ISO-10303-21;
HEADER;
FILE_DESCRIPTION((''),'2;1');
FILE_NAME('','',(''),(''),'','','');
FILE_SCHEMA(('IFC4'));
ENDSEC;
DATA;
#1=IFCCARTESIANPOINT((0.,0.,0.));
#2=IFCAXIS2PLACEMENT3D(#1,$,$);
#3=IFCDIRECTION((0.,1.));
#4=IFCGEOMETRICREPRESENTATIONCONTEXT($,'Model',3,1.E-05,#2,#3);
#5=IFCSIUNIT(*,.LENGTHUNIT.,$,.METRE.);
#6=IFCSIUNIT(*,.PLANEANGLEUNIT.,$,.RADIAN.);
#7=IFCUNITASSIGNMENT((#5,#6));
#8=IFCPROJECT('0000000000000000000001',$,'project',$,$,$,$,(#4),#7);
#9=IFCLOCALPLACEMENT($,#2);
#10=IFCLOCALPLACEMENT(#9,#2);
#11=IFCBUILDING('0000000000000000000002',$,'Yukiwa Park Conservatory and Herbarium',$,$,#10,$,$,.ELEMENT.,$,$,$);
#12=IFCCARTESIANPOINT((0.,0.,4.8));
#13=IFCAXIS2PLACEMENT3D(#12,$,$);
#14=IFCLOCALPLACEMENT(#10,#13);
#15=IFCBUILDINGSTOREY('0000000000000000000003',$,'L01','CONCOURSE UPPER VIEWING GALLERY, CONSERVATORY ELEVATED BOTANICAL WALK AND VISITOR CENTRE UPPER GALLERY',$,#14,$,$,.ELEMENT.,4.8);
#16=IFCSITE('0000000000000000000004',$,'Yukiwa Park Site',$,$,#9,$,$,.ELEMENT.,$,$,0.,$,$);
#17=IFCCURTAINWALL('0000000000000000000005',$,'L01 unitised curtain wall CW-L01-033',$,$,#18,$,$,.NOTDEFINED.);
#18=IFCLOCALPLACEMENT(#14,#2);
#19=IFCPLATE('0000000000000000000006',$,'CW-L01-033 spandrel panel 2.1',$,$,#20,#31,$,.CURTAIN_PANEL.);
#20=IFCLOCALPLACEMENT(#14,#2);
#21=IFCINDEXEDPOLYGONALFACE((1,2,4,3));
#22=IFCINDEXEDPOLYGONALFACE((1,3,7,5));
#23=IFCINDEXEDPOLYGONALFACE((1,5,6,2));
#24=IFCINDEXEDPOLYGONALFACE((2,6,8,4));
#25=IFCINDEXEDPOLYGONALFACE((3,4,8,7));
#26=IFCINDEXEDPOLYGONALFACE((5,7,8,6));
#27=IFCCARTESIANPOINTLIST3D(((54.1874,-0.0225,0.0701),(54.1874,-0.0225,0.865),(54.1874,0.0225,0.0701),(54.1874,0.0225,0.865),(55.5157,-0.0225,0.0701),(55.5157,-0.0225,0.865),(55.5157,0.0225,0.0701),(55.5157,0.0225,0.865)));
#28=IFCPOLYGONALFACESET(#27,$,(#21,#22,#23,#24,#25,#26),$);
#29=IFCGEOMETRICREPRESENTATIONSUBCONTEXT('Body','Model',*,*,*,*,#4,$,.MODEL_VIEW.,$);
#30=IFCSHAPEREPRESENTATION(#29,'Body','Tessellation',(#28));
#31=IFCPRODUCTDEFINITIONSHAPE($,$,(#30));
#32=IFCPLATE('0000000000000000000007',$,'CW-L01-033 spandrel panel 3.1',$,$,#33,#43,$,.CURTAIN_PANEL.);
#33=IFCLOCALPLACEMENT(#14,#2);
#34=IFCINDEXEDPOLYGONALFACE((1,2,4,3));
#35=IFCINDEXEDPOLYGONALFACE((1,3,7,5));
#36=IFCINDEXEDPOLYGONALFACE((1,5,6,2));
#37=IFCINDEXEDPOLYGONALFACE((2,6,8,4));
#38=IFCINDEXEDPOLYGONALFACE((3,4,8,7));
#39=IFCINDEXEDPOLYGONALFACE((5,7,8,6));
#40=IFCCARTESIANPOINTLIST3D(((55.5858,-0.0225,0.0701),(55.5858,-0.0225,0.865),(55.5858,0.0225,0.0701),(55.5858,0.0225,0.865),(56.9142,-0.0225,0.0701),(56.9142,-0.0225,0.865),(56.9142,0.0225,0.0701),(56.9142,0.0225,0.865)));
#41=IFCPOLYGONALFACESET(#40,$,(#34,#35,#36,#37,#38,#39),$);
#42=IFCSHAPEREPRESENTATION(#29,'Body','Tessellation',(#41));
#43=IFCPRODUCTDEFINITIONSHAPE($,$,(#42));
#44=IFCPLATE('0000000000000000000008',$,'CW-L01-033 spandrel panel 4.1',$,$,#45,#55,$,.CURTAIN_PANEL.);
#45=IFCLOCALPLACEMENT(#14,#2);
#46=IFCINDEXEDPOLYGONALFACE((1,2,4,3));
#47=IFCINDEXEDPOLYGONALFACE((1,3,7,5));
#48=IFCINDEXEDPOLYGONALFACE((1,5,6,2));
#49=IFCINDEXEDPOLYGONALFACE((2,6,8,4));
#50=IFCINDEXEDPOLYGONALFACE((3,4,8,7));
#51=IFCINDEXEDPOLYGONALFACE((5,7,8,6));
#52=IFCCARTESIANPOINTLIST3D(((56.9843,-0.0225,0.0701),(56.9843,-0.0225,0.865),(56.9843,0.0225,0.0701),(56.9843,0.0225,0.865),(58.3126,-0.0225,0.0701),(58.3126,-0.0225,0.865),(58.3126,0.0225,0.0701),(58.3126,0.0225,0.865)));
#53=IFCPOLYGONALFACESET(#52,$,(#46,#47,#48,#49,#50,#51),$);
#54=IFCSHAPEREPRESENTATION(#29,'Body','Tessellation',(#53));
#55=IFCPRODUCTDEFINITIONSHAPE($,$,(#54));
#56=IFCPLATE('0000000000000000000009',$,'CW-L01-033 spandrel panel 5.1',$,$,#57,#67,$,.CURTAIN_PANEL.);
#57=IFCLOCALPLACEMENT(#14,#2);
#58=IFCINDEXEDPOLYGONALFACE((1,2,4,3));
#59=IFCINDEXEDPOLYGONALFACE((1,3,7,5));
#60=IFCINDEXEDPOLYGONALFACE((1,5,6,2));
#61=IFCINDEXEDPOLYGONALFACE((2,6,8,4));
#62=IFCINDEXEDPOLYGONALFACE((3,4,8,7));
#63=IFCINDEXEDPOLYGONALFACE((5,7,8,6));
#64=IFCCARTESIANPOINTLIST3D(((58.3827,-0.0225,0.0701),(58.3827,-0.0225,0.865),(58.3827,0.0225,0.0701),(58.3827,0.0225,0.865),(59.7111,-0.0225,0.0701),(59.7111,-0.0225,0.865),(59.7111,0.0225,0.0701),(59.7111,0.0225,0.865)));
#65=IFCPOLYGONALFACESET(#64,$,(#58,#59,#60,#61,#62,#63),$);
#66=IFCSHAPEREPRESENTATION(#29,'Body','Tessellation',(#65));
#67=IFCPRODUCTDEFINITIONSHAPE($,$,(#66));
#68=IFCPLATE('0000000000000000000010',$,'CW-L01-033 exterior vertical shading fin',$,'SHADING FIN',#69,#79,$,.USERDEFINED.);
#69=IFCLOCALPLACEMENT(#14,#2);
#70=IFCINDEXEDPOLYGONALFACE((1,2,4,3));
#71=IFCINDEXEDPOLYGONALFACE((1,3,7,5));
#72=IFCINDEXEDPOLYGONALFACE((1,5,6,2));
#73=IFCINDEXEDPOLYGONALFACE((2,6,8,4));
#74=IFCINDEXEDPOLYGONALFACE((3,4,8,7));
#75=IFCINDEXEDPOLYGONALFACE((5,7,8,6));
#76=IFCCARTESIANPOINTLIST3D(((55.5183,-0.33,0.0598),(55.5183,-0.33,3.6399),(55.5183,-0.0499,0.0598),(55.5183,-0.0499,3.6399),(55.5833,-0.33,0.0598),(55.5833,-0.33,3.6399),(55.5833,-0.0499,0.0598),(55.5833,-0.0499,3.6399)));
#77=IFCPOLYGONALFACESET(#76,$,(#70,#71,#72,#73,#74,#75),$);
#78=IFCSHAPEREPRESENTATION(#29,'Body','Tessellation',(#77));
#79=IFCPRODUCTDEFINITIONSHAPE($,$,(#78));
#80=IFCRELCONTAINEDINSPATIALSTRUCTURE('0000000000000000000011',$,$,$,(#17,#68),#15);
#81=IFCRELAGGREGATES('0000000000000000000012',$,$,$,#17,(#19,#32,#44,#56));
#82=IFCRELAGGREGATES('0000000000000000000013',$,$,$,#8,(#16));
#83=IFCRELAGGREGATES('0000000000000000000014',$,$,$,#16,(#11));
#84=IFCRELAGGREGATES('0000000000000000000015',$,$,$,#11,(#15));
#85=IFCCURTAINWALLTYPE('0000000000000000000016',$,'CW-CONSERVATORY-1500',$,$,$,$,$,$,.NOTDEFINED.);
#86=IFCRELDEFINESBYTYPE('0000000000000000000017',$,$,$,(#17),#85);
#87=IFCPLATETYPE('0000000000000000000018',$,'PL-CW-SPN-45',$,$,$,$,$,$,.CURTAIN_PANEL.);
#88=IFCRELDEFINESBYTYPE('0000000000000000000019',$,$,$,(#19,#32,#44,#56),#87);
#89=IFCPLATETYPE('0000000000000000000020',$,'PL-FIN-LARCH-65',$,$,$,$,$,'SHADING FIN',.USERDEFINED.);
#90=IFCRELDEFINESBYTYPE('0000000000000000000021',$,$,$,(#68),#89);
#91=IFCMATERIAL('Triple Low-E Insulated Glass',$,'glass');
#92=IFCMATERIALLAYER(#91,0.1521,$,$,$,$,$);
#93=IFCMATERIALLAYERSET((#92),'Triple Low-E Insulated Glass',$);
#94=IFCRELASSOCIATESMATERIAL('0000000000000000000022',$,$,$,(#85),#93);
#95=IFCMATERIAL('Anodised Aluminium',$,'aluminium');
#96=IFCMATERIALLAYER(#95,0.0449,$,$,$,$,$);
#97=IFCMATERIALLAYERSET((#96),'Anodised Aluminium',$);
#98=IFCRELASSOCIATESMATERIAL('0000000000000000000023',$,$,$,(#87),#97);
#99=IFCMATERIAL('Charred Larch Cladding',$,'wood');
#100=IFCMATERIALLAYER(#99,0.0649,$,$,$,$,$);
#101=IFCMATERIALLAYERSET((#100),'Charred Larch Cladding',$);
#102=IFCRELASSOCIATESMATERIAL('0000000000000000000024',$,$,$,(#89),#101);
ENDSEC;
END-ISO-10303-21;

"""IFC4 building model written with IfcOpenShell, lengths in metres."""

from ifc_helpers import new_model, si_unit, direction, frame, origin, origin_2d, place, context, subcontext, project, spatial, rectangle, extrude, material, layer, layer_set, type_object, element, aggregate, save


model = new_model("IFC4")

# Units and contexts
model_context = context("Model", 3, precision=1e-05, world=origin(), true_north=direction((0.0, 1.0)))
body_context = subcontext(model_context, "Body", "Model", "MODEL_VIEW")
ifc_project = project(units=[si_unit("LENGTHUNIT", "METRE"), si_unit("PLANEANGLEUNIT", "RADIAN")], contexts=[model_context])

# Site, building, storey
site_placement = place(None, origin())
site = spatial("IfcSite", under=ifc_project, at=site_placement, Name="Yukiwa Park Site", CompositionType="ELEMENT", RefElevation=0.0)
building_placement = place(site_placement, origin())
building = spatial("IfcBuilding", under=site, at=building_placement, Name="Yukiwa Park Conservatory and Herbarium", CompositionType="ELEMENT")
storey_placement = place(building_placement, frame((0.0, 0.0, 4.8)))
storey = spatial("IfcBuildingStorey", under=building, at=storey_placement, Name="L01", Description="CONCOURSE UPPER VIEWING GALLERY, CONSERVATORY ELEVATED BOTANICAL WALK AND VISITOR CENTRE UPPER GALLERY", CompositionType="ELEMENT", Elevation=4.8)

# Curtain wall
ifc_material_1 = material(Name="Triple Low-E Insulated Glass", Category="glass")
ifc_layer_1 = layer(ifc_material_1, 0.1521)
ifc_layer_set_1 = layer_set([ifc_layer_1], Name="Triple Low-E Insulated Glass")
curtain_wall_type_1 = type_object("IfcCurtainWallType", Name="CW-CONSERVATORY-1500", PredefinedType="NOTDEFINED", material=ifc_layer_set_1)
curtain_wall_1_placement = place(storey_placement, origin())
curtain_wall_1 = element("IfcCurtainWall", 1, at=curtain_wall_1_placement, inside=storey, type_object=curtain_wall_type_1, Name="L01 unitised curtain wall CW-L01-033", PredefinedType="NOTDEFINED")

# Plates
ifc_material_2 = material(Name="Anodised Aluminium", Category="aluminium")
ifc_layer_2 = layer(ifc_material_2, 0.0449)
ifc_layer_set_2 = layer_set([ifc_layer_2], Name="Anodised Aluminium")
plate_type_1 = type_object("IfcPlateType", Name="PL-CW-SPN-45", PredefinedType="CURTAIN_PANEL", material=ifc_layer_set_2)
plate_1_placement = place(storey_placement, frame((54.8516, 0.0, 0.0701), z_axis=(0.0, 0.0, 1.0), x_axis=(1.0, 0.0, 0.0)))
plate_1 = element("IfcPlate", 2, at=plate_1_placement, type_object=plate_type_1, Name="CW-L01-033 spandrel panel 2.1", PredefinedType="CURTAIN_PANEL", context=body_context, shape_type="SweptSolid", body=[
    extrude(rectangle(XDim=1.3284, YDim=0.0449, at=origin_2d()), origin(), (0.0, 0.0, 1.0), 0.7949),
])
plate_2_placement = place(storey_placement, frame((56.25, 0.0, 0.0701), z_axis=(0.0, 0.0, 1.0), x_axis=(1.0, 0.0, 0.0)))
plate_2 = element("IfcPlate", 3, at=plate_2_placement, type_object=plate_type_1, Name="CW-L01-033 spandrel panel 3.1", PredefinedType="CURTAIN_PANEL", context=body_context, shape_type="SweptSolid", body=[
    extrude(rectangle(XDim=1.3284, YDim=0.0449, at=origin_2d()), origin(), (0.0, 0.0, 1.0), 0.7949),
])
plate_3_placement = place(storey_placement, frame((57.6484, 0.0, 0.0701), z_axis=(0.0, 0.0, 1.0), x_axis=(1.0, 0.0, 0.0)))
plate_3 = element("IfcPlate", 4, at=plate_3_placement, type_object=plate_type_1, Name="CW-L01-033 spandrel panel 4.1", PredefinedType="CURTAIN_PANEL", context=body_context, shape_type="SweptSolid", body=[
    extrude(rectangle(XDim=1.3284, YDim=0.0449, at=origin_2d()), origin(), (0.0, 0.0, 1.0), 0.7949),
])
plate_4_placement = place(storey_placement, frame((59.0469, 0.0, 0.0701), z_axis=(0.0, 0.0, 1.0), x_axis=(1.0, 0.0, 0.0)))
plate_4 = element("IfcPlate", 5, at=plate_4_placement, type_object=plate_type_1, Name="CW-L01-033 spandrel panel 5.1", PredefinedType="CURTAIN_PANEL", context=body_context, shape_type="SweptSolid", body=[
    extrude(rectangle(XDim=1.3284, YDim=0.0449, at=origin_2d()), origin(), (0.0, 0.0, 1.0), 0.7949),
])
aggregate(curtain_wall_1, [plate_1, plate_2, plate_3, plate_4])
ifc_material_3 = material(Name="Charred Larch Cladding", Category="wood")
ifc_layer_3 = layer(ifc_material_3, 0.0649)
ifc_layer_set_3 = layer_set([ifc_layer_3], Name="Charred Larch Cladding")
plate_type_2 = type_object("IfcPlateType", Name="PL-FIN-LARCH-65", ElementType="SHADING FIN", PredefinedType="USERDEFINED", material=ifc_layer_set_3)
plate_5_placement = place(storey_placement, frame((55.5508, -0.1899, 0.0598), z_axis=(0.0, 0.0, 1.0), x_axis=(1.0, 0.0, 0.0)))
element("IfcPlate", 6, at=plate_5_placement, inside=storey, type_object=plate_type_2, Name="CW-L01-033 exterior vertical shading fin", ObjectType="SHADING FIN", PredefinedType="USERDEFINED", context=body_context, shape_type="SweptSolid", body=[
    extrude(rectangle(XDim=0.0649, YDim=0.28, at=origin_2d()), origin(), (0.0, 0.0, 1.0), 3.5801),
])

save(model, "model.ifc")
